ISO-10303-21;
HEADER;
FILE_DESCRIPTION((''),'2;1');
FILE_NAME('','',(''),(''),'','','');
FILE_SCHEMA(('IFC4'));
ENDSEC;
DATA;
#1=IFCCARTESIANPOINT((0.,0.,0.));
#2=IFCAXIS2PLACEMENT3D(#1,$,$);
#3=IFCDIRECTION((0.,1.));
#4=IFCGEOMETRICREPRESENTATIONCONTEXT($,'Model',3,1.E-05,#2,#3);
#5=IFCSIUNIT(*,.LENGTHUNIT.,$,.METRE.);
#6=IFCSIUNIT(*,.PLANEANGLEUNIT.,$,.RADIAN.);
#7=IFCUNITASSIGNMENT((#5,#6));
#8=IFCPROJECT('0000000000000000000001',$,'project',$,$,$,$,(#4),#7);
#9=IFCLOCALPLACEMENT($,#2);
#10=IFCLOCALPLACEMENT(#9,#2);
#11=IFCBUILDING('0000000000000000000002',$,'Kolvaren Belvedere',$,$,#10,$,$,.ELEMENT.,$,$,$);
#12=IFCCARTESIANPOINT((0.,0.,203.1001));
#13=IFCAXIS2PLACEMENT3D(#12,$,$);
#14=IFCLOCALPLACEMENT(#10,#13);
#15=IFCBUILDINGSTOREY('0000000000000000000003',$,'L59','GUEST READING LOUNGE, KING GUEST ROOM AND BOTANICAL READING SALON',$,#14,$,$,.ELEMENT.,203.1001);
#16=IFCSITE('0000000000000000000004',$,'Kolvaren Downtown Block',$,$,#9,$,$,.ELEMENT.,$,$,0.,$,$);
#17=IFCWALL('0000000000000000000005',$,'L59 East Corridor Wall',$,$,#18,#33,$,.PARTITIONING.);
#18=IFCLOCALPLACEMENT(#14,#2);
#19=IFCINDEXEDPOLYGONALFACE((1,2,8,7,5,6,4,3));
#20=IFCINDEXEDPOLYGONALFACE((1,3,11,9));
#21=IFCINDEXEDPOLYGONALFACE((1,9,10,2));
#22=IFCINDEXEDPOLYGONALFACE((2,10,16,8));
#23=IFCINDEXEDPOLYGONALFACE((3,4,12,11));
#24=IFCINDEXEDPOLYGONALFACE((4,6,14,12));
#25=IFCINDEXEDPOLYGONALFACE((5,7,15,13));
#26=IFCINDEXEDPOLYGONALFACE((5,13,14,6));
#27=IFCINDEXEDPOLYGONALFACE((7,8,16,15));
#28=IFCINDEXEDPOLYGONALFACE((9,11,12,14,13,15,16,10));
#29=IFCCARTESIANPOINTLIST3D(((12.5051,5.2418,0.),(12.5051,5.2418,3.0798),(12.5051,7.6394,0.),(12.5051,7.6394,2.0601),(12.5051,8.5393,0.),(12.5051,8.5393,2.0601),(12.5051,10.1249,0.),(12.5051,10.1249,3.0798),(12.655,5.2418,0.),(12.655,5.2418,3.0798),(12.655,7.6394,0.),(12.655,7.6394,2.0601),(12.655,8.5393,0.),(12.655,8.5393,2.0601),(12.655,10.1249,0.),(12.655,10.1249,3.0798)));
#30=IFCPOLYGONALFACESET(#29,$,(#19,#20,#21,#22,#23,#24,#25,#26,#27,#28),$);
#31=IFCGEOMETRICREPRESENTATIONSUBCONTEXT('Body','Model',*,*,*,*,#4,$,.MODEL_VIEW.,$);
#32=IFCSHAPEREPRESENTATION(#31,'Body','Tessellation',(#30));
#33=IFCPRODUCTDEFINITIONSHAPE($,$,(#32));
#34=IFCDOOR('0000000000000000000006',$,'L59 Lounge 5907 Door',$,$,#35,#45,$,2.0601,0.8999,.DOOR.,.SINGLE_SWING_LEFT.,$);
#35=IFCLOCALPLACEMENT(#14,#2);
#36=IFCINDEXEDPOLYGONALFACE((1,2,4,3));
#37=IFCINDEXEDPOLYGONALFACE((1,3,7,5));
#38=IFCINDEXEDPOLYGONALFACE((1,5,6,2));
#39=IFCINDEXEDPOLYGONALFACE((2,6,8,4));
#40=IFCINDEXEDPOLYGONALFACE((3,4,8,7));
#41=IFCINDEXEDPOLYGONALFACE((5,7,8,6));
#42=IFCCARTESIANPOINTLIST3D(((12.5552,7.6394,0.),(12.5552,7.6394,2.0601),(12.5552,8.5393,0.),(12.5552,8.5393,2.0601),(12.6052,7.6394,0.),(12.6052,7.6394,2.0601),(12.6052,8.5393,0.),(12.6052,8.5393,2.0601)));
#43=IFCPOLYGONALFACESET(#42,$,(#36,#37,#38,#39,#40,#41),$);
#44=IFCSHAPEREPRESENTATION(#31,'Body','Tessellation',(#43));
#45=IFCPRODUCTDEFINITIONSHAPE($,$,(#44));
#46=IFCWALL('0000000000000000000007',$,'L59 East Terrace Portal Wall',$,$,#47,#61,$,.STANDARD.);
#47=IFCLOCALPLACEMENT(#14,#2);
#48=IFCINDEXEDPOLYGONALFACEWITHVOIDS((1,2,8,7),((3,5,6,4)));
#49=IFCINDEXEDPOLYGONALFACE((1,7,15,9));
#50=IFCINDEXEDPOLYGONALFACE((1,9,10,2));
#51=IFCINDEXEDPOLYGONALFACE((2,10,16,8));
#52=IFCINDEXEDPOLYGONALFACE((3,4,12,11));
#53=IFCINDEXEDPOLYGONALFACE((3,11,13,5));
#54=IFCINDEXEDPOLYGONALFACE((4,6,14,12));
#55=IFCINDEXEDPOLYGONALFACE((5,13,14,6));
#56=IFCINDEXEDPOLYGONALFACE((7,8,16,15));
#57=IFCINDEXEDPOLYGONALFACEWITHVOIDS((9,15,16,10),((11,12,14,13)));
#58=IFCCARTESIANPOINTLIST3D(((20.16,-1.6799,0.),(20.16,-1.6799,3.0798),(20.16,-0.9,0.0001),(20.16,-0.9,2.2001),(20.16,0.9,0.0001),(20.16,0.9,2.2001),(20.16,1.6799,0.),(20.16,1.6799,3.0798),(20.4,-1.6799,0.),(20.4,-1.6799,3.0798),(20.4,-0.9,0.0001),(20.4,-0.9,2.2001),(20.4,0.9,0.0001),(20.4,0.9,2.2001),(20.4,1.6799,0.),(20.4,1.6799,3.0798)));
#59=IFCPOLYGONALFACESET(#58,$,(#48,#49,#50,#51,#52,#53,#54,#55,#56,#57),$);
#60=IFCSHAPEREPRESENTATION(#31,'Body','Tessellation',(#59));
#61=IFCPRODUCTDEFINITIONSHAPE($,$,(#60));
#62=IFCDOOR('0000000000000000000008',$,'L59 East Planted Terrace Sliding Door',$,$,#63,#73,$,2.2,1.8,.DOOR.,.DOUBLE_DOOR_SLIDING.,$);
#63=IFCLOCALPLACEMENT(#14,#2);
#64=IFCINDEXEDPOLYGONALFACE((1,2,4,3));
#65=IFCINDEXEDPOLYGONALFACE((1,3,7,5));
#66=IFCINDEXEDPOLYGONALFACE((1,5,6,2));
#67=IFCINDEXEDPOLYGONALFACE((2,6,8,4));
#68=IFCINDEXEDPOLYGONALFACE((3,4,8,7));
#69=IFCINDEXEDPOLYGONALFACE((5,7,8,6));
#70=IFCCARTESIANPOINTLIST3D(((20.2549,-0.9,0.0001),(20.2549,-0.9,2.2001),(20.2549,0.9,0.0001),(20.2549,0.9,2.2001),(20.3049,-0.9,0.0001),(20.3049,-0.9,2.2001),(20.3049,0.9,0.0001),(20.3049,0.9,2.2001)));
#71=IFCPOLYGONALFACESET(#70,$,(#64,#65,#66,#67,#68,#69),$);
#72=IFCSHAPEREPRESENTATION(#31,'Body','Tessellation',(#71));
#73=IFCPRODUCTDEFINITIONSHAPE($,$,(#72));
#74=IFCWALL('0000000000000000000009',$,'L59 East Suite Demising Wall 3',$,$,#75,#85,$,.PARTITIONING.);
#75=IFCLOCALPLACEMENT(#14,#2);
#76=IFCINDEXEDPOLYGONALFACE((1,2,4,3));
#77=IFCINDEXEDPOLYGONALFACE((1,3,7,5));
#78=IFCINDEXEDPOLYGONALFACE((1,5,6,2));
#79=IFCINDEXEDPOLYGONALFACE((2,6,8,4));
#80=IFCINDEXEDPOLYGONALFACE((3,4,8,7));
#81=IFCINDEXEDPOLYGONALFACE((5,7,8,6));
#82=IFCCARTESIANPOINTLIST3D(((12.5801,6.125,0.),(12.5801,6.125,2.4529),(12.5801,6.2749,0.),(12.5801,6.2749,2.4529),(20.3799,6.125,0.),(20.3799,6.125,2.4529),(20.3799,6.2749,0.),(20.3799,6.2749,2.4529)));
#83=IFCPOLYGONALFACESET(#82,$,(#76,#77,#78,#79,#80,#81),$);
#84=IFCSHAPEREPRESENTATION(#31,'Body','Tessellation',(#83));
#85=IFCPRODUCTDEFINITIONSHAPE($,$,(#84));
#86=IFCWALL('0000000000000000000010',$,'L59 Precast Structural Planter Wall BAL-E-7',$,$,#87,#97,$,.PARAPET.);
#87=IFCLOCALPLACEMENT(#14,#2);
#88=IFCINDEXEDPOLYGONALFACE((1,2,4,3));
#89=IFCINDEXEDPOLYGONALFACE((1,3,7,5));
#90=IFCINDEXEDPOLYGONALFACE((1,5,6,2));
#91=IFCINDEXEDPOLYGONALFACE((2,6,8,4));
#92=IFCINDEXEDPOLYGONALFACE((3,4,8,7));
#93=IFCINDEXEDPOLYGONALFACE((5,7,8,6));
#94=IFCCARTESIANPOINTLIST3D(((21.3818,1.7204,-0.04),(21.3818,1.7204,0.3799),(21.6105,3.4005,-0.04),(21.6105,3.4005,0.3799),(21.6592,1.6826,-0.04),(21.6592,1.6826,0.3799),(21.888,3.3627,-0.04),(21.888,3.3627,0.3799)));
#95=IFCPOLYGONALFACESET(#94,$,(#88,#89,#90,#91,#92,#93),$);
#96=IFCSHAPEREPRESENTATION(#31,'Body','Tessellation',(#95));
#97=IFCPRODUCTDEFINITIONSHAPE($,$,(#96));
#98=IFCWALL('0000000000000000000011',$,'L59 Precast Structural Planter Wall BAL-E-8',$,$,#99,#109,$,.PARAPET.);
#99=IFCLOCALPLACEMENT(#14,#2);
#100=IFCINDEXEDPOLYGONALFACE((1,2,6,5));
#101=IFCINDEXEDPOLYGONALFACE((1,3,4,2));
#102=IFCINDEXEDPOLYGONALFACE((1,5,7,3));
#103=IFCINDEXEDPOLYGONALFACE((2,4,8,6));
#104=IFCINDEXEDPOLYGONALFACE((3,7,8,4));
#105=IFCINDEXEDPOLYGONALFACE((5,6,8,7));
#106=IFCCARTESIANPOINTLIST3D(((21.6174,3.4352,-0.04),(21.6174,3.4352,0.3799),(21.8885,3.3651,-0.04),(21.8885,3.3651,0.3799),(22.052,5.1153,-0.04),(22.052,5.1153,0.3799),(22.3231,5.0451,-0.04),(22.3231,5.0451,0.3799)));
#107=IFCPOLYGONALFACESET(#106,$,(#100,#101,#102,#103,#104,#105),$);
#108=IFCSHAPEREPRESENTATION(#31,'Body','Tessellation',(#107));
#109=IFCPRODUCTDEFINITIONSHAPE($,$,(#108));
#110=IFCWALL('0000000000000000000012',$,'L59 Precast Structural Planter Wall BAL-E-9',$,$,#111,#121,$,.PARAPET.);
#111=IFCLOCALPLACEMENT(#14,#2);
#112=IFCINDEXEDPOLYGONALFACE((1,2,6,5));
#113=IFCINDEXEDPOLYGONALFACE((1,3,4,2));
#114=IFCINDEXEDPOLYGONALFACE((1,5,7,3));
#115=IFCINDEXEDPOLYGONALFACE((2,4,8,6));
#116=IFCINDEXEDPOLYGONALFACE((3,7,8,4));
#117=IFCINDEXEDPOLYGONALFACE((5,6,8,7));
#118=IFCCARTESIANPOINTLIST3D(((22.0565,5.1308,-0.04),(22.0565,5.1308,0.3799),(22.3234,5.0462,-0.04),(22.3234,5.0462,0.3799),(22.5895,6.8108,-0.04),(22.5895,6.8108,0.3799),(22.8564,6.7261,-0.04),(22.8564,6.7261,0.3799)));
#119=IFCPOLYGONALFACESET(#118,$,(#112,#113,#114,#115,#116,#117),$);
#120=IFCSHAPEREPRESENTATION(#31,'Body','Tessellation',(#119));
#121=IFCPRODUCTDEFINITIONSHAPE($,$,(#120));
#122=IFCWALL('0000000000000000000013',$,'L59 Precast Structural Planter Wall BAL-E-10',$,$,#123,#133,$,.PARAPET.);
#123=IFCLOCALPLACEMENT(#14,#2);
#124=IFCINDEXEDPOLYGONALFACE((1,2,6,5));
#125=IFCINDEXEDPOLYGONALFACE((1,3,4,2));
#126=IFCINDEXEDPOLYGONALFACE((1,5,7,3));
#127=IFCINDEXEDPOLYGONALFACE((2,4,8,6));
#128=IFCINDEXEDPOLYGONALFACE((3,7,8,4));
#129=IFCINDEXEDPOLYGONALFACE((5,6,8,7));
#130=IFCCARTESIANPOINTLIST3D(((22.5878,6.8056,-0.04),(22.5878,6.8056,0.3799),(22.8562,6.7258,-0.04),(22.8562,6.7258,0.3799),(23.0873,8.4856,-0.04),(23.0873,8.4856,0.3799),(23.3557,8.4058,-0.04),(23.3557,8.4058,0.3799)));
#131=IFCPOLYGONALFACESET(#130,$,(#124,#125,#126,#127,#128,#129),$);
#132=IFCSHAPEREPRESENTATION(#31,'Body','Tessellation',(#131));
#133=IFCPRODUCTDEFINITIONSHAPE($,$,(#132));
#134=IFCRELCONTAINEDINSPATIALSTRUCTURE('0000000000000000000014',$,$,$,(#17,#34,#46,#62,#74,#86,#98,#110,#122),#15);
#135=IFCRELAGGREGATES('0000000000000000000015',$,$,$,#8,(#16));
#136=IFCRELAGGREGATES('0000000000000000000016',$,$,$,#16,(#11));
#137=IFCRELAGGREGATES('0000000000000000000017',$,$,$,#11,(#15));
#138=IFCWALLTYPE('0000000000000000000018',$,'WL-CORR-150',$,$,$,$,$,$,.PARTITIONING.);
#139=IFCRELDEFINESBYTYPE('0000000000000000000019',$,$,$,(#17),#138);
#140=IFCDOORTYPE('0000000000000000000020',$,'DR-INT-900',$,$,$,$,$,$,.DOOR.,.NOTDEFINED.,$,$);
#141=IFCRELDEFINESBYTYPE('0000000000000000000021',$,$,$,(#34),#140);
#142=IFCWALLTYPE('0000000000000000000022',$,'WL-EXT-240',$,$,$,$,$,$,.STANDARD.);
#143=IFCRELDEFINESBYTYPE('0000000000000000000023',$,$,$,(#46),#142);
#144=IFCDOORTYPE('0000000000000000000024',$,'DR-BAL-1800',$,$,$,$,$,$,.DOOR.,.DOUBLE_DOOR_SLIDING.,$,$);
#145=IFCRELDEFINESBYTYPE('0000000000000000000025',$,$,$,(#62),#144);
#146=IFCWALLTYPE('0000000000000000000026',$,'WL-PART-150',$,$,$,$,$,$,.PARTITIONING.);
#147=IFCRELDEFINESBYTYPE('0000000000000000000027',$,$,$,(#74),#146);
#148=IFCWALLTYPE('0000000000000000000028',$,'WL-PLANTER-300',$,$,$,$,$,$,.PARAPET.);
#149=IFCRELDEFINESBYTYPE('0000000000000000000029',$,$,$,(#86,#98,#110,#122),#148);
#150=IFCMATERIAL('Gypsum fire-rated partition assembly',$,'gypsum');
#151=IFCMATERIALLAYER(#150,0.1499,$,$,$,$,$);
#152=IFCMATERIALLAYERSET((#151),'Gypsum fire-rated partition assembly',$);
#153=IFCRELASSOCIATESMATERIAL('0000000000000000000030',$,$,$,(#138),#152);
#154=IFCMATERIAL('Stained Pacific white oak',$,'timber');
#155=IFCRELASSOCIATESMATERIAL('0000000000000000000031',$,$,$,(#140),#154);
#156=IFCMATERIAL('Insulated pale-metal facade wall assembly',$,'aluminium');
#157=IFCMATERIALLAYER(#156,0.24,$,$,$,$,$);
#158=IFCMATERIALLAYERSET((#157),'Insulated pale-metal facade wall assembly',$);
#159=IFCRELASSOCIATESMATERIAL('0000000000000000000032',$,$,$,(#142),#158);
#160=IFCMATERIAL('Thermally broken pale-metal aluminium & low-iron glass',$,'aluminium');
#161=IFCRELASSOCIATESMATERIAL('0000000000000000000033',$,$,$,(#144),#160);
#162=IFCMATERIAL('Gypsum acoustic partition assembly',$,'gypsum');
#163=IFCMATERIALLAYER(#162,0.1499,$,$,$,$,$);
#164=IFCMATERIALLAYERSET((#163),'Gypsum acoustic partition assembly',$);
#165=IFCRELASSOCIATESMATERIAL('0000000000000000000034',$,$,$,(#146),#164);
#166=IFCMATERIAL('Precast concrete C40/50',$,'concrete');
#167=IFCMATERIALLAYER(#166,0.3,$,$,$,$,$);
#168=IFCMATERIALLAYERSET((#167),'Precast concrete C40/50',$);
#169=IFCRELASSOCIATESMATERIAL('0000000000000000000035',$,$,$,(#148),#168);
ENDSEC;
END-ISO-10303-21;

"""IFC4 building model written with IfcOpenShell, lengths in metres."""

from ifc_helpers import new_model, si_unit, direction, frame, frame_2d, origin, place, context, subcontext, project, spatial, rectangle, extrude, material, layer, layer_set, type_object, element, fill, save


model = new_model("IFC4")

# Units and contexts
model_context = context("Model", 3, precision=1e-05, world=origin(), true_north=direction((0.0, 1.0)))
body_context = subcontext(model_context, "Body", "Model", "MODEL_VIEW")
ifc_project = project(units=[si_unit("LENGTHUNIT", "METRE"), si_unit("PLANEANGLEUNIT", "RADIAN")], contexts=[model_context])

# Site, building, storey
site_placement = place(None, origin())
site = spatial("IfcSite", under=ifc_project, at=site_placement, Name="Kolvaren Downtown Block", CompositionType="ELEMENT", RefElevation=0.0)
building_placement = place(site_placement, origin())
building = spatial("IfcBuilding", under=site, at=building_placement, Name="Kolvaren Belvedere", CompositionType="ELEMENT")
storey_placement = place(building_placement, frame((0.0, 0.0, 203.1001)))
storey = spatial("IfcBuildingStorey", under=building, at=storey_placement, Name="L59", Description="GUEST READING LOUNGE, KING GUEST ROOM AND BOTANICAL READING SALON", CompositionType="ELEMENT", Elevation=203.1001)

# Shared definitions
ifc_material_1 = material(Name="Gypsum fire-rated partition assembly", Category="gypsum")
ifc_layer_1 = layer(ifc_material_1, 0.1499)
ifc_layer_set_1 = layer_set([ifc_layer_1], Name="Gypsum fire-rated partition assembly")
wall_type_1 = type_object("IfcWallType", Name="WL-CORR-150", PredefinedType="PARTITIONING", material=ifc_layer_set_1)

# Walls, openings, doors
wall_1_placement = place(storey_placement, frame((12.5801, 5.2419, 0.0), z_axis=(0.0, 0.0, 1.0), x_axis=(0.0, 1.0, 0.0)))
wall_1 = element("IfcWall", 1, at=wall_1_placement, inside=storey, type_object=wall_type_1, Name="L59 East Corridor Wall", PredefinedType="PARTITIONING", context=body_context, shape_type="SweptSolid", body=[
    extrude(rectangle(XDim=4.8831, YDim=0.1499, at=frame_2d((2.4414, 0.0))), origin(), (0.0, 0.0, 1.0), 3.0798),
])
opening_1_placement = place(wall_1_placement, frame((2.3975, 0.0, 0.0)))
opening_1 = element("IfcOpeningElement", 2, at=opening_1_placement, cuts=wall_1, PredefinedType="OPENING", context=body_context, shape_type="SweptSolid", body=[
    extrude(rectangle(XDim=0.8999, YDim=2.0601, at=frame_2d((0.45, 1.03))), frame((0.0, 0.085, 0.0), z_axis=(0.0, -1.0, 0.0), x_axis=(1.0, 0.0, 0.0)), (0.0, 0.0, 1.0), 0.1699),
])
ifc_material_2 = material(Name="Stained Pacific white oak", Category="timber")
door_type_1 = type_object("IfcDoorType", Name="DR-INT-900", OperationType="NOTDEFINED", PredefinedType="DOOR", material=ifc_material_2)
door_1_placement = place(opening_1_placement, origin())
door_1 = element("IfcDoor", 3, at=door_1_placement, inside=storey, type_object=door_type_1, Name="L59 Lounge 5907 Door", OperationType="SINGLE_SWING_LEFT", OverallHeight=2.0601, OverallWidth=0.8999, PredefinedType="DOOR", context=body_context, shape_type="SweptSolid", body=[
    extrude(rectangle(XDim=0.8999, YDim=2.0601, at=frame_2d((0.45, 1.03))), frame((0.0, 0.0249, 0.0), z_axis=(0.0, -1.0, 0.0), x_axis=(1.0, 0.0, 0.0)), (0.0, 0.0, 1.0), 0.05),
])
fill(opening_1, door_1)
ifc_material_3 = material(Name="Insulated pale-metal facade wall assembly", Category="aluminium")
ifc_layer_2 = layer(ifc_material_3, 0.24)
ifc_layer_set_2 = layer_set([ifc_layer_2], Name="Insulated pale-metal facade wall assembly")
wall_type_2 = type_object("IfcWallType", Name="WL-EXT-240", PredefinedType="STANDARD", material=ifc_layer_set_2)
wall_2_placement = place(storey_placement, frame((20.28, 1.6799, 0.0), z_axis=(0.0, 0.0, 1.0), x_axis=(0.0, -1.0, 0.0)))
wall_2 = element("IfcWall", 4, at=wall_2_placement, inside=storey, type_object=wall_type_2, Name="L59 East Terrace Portal Wall", PredefinedType="STANDARD", context=body_context, shape_type="SweptSolid", body=[
    extrude(rectangle(XDim=3.3599, YDim=0.24, at=frame_2d((1.6799, 0.0))), origin(), (0.0, 0.0, 1.0), 3.0798),
])
opening_2_placement = place(wall_2_placement, frame((0.78, 0.0, 0.0)))
opening_2 = element("IfcOpeningElement", 5, at=opening_2_placement, cuts=wall_2, PredefinedType="OPENING", context=body_context, shape_type="SweptSolid", body=[
    extrude(rectangle(XDim=1.8, YDim=2.2, at=frame_2d((0.8999, 1.1001))), frame((0.0, 0.1299, 0.0), z_axis=(0.0, -1.0, 0.0), x_axis=(1.0, 0.0, 0.0)), (0.0, 0.0, 1.0), 0.26),
])
ifc_material_4 = material(Name="Thermally broken pale-metal aluminium & low-iron glass", Category="aluminium")
door_type_2 = type_object("IfcDoorType", Name="DR-BAL-1800", OperationType="DOUBLE_DOOR_SLIDING", PredefinedType="DOOR", material=ifc_material_4)
door_2_placement = place(opening_2_placement, origin())
door_2 = element("IfcDoor", 6, at=door_2_placement, inside=storey, type_object=door_type_2, Name="L59 East Planted Terrace Sliding Door", OperationType="DOUBLE_DOOR_SLIDING", OverallHeight=2.2, OverallWidth=1.8, PredefinedType="DOOR", context=body_context, shape_type="SweptSolid", body=[
    extrude(rectangle(XDim=1.8, YDim=2.2, at=frame_2d((0.8999, 1.1001))), frame((0.0, 0.0249, 0.0), z_axis=(0.0, -1.0, 0.0), x_axis=(1.0, 0.0, 0.0)), (0.0, 0.0, 1.0), 0.05),
])
fill(opening_2, door_2)

# Walls
ifc_material_5 = material(Name="Gypsum acoustic partition assembly", Category="gypsum")
ifc_layer_3 = layer(ifc_material_5, 0.1499)
ifc_layer_set_3 = layer_set([ifc_layer_3], Name="Gypsum acoustic partition assembly")
wall_type_3 = type_object("IfcWallType", Name="WL-PART-150", PredefinedType="PARTITIONING", material=ifc_layer_set_3)
wall_3_placement = place(storey_placement, frame((12.5801, 6.2, 0.0), z_axis=(0.0, 0.0, 1.0), x_axis=(1.0, 0.0, 0.0)))
element("IfcWall", 7, at=wall_3_placement, inside=storey, type_object=wall_type_3, Name="L59 East Suite Demising Wall 3", PredefinedType="PARTITIONING", context=body_context, shape_type="SweptSolid", body=[
    extrude(rectangle(XDim=7.7998, YDim=0.1499, at=frame_2d((3.8999, 0.0))), origin(), (0.0, 0.0, 1.0), 2.4529),
])
ifc_material_6 = material(Name="Precast concrete C40/50", Category="concrete")
ifc_layer_4 = layer(ifc_material_6, 0.3)
ifc_layer_set_4 = layer_set([ifc_layer_4], Name="Precast concrete C40/50")
wall_type_4 = type_object("IfcWallType", Name="WL-PLANTER-300", PredefinedType="PARAPET", material=ifc_layer_set_4)
wall_4_placement = place(storey_placement, frame((21.5205, 1.7017, -0.04), z_axis=(0.0, 0.0, 1.0), x_axis=(0.134927, 0.990856, 0.0)))
element("IfcWall", 8, at=wall_4_placement, inside=storey, type_object=wall_type_4, Name="L59 Precast Structural Planter Wall BAL-E-7", PredefinedType="PARAPET", context=body_context, shape_type="SweptSolid", body=[
    extrude(rectangle(XDim=1.6956, YDim=0.28, at=frame_2d((0.8477, 0.0))), origin(), (0.0, 0.0, 1.0), 0.4199),
])
wall_5_placement = place(storey_placement, frame((21.7529, 3.4001, -0.04), z_axis=(0.0, 0.0, 1.0), x_axis=(0.25044, 0.968132, 0.0)))
element("IfcWall", 9, at=wall_5_placement, inside=storey, type_object=wall_type_4, Name="L59 Precast Structural Planter Wall BAL-E-8", PredefinedType="PARAPET", context=body_context, shape_type="SweptSolid", body=[
    extrude(rectangle(XDim=1.7354, YDim=0.28, at=frame_2d((0.8677, 0.0))), origin(), (0.0, 0.0, 1.0), 0.4199),
])
wall_6_placement = place(storey_placement, frame((22.1899, 5.0884, -0.04), z_axis=(0.0, 0.0, 1.0), x_axis=(0.302397, 0.953182, 0.0)))
element("IfcWall", 10, at=wall_6_placement, inside=storey, type_object=wall_type_4, Name="L59 Precast Structural Planter Wall BAL-E-9", PredefinedType="PARAPET", context=body_context, shape_type="SweptSolid", body=[
    extrude(rectangle(XDim=1.7625, YDim=0.28, at=frame_2d((0.8813, 0.0))), origin(), (0.0, 0.0, 1.0), 0.4199),
])
wall_7_placement = place(storey_placement, frame((22.7219, 6.7656, -0.04), z_axis=(0.0, 0.0, 1.0), x_axis=(0.285008, 0.958525, 0.0)))
element("IfcWall", 11, at=wall_7_placement, inside=storey, type_object=wall_type_4, Name="L59 Precast Structural Planter Wall BAL-E-10", PredefinedType="PARAPET", context=body_context, shape_type="SweptSolid", body=[
    extrude(rectangle(XDim=1.7527, YDim=0.28, at=frame_2d((0.8765, 0.0))), origin(), (0.0, 0.0, 1.0), 0.4199),
])

save(model, "model.ifc")
